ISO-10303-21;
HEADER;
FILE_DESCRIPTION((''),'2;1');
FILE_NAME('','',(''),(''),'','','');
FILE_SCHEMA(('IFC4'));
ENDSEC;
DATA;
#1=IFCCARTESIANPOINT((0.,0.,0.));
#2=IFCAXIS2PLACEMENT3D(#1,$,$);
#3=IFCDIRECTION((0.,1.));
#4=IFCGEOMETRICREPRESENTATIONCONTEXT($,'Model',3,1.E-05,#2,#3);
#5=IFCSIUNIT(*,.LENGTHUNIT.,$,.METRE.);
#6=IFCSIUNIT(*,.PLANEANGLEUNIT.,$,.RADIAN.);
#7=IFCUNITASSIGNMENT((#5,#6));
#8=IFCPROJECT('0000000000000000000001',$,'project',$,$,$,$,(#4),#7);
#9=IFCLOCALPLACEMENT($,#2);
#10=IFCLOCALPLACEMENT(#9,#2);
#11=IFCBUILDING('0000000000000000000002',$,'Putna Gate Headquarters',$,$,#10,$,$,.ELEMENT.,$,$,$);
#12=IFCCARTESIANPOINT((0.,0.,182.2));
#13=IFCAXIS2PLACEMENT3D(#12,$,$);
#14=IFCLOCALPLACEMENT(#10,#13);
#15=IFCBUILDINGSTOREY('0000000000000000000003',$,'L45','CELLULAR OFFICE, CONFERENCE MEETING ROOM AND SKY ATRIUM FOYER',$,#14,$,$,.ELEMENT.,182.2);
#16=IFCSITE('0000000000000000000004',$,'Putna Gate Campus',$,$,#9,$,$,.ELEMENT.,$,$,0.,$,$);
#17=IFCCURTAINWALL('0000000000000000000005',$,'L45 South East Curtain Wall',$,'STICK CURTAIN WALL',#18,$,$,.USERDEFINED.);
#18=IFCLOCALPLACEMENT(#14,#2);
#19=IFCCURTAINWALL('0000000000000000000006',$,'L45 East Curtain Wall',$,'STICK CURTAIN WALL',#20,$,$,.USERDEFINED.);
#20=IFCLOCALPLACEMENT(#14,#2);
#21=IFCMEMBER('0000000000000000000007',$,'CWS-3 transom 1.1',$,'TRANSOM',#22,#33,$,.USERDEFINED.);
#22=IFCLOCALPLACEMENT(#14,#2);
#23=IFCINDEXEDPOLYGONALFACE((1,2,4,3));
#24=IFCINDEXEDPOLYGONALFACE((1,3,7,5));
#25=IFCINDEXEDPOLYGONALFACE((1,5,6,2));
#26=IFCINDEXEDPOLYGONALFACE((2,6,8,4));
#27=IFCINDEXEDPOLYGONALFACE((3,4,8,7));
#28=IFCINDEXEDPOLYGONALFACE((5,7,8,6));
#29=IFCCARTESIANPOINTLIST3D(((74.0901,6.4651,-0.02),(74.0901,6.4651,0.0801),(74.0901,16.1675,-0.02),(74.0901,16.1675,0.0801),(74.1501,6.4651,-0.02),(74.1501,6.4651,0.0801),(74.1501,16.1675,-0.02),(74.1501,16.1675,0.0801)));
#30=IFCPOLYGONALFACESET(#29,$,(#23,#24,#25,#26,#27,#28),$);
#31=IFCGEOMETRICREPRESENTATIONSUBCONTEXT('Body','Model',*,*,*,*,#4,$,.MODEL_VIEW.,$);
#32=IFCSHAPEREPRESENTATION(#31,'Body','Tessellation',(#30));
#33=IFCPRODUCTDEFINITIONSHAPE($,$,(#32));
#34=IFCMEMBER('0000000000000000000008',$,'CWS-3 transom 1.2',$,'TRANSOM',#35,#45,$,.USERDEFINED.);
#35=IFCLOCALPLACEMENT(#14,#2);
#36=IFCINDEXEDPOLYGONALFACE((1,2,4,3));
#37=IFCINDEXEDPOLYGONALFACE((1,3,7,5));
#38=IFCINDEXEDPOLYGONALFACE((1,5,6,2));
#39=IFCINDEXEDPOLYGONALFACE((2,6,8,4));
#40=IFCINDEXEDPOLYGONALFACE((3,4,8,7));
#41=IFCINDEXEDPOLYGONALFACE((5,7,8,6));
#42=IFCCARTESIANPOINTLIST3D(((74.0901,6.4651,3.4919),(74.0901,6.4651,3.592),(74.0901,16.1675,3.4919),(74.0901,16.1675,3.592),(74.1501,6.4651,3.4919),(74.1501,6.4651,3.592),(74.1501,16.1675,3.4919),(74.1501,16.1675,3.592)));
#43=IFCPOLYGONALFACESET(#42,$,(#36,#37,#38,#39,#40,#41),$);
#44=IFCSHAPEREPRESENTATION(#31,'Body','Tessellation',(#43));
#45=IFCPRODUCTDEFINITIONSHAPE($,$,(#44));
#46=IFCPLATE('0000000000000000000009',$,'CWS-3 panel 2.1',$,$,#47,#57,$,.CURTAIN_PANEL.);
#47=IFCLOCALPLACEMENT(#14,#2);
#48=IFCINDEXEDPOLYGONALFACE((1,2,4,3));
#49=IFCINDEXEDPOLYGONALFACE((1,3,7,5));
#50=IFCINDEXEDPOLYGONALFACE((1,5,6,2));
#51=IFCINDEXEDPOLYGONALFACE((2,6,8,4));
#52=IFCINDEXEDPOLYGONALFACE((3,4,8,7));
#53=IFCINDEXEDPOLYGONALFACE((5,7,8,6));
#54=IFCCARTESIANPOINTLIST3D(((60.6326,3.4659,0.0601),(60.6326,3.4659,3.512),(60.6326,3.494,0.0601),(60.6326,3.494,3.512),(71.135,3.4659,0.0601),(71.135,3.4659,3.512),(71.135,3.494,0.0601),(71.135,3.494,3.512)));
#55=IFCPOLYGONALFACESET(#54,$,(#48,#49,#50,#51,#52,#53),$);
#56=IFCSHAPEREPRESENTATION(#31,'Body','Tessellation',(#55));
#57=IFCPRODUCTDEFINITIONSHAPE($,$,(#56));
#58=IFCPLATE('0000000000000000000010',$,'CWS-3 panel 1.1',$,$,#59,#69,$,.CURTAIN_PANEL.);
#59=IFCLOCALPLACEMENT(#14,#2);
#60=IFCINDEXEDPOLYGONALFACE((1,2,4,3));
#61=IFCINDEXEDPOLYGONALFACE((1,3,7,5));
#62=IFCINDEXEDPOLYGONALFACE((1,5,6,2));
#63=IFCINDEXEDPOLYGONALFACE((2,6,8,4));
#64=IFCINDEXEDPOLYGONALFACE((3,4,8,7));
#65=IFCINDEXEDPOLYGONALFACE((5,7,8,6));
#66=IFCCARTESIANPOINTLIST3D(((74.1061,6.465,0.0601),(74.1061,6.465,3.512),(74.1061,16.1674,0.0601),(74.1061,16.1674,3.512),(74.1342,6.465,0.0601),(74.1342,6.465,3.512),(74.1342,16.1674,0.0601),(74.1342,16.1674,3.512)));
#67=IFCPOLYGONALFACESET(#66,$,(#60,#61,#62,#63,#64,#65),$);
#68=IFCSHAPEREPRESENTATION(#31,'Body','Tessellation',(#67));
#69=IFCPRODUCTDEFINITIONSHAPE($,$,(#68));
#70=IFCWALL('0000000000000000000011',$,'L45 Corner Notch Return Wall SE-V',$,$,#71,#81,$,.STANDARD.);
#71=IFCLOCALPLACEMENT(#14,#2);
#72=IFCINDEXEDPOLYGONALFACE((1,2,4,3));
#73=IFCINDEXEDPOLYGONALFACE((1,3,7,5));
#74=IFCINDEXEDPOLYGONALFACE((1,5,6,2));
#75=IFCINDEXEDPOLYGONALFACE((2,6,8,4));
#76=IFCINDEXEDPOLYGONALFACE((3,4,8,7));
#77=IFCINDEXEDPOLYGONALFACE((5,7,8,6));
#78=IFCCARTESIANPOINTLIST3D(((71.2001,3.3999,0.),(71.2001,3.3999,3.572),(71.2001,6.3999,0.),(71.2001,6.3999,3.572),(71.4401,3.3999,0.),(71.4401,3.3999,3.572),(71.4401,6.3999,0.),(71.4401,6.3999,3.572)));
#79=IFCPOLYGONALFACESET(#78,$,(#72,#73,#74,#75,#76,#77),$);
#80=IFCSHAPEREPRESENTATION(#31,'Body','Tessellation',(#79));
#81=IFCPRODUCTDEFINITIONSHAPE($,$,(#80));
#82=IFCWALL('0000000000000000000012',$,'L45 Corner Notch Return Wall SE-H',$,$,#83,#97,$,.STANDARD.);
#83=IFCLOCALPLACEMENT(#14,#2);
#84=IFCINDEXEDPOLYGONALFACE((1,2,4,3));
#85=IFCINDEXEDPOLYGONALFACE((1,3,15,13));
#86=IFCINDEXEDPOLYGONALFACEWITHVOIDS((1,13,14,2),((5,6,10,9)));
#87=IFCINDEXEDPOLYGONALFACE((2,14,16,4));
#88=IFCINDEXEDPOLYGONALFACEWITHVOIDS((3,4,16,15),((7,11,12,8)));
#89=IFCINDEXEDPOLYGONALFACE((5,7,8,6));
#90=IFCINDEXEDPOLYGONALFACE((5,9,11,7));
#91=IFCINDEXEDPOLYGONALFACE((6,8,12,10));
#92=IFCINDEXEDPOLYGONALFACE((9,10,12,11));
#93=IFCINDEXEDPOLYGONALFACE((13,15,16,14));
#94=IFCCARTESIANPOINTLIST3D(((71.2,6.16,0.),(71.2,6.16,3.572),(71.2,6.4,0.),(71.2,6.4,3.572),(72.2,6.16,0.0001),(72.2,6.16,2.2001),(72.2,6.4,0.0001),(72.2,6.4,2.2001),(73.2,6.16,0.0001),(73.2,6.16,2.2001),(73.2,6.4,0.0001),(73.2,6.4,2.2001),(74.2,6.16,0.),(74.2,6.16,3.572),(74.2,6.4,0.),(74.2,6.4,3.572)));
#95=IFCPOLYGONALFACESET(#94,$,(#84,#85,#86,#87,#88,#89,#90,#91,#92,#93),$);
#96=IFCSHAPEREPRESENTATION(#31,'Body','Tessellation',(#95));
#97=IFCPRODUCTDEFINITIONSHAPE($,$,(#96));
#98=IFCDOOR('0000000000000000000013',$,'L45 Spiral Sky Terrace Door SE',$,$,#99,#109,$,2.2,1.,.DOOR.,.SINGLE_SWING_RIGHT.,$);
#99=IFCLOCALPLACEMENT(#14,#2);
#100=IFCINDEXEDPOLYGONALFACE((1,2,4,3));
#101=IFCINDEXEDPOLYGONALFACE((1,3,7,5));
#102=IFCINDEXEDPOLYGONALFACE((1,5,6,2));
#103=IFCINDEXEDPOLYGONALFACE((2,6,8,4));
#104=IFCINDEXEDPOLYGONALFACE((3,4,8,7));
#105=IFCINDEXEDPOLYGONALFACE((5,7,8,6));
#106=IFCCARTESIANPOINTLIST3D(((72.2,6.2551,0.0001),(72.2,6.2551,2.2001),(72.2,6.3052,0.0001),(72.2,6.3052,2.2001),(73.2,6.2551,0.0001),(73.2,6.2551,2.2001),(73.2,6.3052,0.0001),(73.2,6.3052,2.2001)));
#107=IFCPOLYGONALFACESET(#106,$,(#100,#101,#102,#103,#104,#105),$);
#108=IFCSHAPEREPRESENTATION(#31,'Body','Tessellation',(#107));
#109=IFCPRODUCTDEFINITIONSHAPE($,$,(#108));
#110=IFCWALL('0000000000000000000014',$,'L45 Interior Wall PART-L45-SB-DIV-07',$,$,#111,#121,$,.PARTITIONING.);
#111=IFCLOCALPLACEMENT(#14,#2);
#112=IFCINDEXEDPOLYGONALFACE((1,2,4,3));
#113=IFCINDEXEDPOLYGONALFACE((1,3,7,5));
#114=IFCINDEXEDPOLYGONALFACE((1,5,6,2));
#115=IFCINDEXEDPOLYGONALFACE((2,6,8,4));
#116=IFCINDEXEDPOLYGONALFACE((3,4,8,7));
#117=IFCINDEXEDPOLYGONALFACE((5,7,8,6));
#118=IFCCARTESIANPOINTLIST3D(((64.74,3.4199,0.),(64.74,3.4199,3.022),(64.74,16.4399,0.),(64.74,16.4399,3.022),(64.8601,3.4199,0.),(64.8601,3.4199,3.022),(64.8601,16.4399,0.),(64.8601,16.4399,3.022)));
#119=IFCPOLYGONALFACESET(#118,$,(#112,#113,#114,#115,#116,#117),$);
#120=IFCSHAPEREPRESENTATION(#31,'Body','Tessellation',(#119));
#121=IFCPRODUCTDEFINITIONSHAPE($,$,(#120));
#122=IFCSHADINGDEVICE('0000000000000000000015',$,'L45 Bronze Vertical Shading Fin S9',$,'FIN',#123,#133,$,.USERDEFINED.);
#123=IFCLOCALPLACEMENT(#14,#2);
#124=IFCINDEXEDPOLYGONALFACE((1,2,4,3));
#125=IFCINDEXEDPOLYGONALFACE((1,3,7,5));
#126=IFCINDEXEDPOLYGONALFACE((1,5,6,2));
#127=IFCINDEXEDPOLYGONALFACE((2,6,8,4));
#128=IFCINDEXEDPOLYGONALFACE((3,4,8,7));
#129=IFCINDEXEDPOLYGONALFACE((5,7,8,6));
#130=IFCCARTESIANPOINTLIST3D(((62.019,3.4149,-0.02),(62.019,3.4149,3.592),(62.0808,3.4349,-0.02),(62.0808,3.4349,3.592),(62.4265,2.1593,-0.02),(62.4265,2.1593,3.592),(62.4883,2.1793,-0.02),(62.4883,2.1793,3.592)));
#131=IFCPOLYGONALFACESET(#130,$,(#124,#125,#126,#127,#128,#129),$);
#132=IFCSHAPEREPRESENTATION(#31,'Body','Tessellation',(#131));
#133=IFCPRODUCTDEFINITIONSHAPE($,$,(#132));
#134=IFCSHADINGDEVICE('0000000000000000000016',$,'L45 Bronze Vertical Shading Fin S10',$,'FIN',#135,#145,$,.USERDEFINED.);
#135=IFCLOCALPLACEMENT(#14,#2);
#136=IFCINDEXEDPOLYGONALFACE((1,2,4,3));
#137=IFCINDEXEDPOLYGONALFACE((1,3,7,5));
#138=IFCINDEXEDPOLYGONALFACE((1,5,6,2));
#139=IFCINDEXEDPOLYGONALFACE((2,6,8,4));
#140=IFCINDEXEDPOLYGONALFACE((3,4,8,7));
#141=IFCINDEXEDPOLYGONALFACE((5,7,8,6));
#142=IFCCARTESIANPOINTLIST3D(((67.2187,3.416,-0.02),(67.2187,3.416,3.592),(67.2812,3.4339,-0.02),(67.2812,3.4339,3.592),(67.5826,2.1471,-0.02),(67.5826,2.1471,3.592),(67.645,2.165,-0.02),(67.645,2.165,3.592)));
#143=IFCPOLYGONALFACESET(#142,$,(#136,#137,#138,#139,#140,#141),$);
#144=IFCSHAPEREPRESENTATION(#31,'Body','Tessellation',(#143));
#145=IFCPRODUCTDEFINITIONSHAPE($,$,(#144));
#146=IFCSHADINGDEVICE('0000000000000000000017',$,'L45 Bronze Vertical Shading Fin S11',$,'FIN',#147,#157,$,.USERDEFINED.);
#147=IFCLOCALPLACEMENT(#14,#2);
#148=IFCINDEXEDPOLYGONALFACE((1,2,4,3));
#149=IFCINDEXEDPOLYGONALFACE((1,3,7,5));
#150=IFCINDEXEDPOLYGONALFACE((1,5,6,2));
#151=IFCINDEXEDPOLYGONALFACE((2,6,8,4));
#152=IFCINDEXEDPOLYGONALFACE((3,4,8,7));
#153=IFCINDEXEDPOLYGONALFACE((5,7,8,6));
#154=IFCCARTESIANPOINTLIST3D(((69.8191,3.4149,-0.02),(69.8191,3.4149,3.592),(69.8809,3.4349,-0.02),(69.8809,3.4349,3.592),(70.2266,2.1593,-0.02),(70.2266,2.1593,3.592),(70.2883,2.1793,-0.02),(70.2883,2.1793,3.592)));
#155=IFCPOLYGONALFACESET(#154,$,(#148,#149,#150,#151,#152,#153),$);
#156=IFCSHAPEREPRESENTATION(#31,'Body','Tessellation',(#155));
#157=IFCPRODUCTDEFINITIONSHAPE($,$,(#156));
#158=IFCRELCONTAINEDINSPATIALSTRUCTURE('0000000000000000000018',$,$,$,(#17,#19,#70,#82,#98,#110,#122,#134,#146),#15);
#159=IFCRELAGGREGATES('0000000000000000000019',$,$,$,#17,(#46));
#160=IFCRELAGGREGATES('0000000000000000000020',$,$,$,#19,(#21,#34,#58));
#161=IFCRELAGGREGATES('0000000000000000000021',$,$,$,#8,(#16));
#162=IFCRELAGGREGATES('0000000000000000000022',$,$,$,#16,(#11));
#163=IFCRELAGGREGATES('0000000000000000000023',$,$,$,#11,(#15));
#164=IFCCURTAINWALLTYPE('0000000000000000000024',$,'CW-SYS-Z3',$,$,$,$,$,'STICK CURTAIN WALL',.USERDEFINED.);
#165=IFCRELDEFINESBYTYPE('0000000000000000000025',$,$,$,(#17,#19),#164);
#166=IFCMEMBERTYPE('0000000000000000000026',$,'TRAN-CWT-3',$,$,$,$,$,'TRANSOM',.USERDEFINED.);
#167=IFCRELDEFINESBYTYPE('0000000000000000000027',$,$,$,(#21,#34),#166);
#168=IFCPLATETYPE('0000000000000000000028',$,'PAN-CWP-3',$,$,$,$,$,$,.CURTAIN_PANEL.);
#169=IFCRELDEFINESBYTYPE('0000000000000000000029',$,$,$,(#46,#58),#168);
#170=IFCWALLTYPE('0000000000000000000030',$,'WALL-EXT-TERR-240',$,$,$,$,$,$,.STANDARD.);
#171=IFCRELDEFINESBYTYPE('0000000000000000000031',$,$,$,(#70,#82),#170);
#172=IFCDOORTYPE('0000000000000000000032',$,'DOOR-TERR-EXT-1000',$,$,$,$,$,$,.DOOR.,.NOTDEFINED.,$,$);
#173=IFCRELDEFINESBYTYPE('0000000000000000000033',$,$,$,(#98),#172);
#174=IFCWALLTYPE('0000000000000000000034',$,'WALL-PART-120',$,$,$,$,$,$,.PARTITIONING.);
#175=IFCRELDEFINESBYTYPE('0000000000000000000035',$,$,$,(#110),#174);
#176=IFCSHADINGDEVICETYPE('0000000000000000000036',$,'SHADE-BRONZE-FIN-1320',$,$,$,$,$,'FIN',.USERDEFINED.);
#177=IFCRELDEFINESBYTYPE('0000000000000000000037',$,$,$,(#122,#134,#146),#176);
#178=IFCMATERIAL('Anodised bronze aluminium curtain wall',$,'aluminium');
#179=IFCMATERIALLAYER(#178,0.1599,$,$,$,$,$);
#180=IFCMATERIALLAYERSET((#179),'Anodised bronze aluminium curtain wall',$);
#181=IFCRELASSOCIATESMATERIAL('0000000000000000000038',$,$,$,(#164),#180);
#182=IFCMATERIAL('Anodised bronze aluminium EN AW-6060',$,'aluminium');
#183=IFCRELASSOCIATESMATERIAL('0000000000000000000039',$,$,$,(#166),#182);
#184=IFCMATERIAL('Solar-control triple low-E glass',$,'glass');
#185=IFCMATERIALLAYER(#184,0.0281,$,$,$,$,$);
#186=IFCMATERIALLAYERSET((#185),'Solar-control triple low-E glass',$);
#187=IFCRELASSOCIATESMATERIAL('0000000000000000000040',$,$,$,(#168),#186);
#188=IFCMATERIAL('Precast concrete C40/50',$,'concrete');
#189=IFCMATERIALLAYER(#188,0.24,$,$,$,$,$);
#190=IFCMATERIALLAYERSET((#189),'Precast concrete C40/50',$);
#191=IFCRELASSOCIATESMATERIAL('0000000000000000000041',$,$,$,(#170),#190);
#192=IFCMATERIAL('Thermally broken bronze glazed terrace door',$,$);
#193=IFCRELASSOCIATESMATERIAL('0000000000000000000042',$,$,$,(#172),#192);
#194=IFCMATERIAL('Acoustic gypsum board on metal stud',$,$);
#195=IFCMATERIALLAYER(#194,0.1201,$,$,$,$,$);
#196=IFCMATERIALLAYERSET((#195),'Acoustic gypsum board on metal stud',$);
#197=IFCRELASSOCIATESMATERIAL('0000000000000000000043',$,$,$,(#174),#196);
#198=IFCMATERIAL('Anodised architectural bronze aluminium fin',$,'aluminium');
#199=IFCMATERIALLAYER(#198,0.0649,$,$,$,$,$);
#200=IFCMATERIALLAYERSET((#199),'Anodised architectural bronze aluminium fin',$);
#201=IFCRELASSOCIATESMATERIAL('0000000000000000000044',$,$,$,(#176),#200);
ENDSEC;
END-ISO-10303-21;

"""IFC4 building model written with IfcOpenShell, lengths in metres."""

from ifc_helpers import new_model, si_unit, direction, frame, frame_2d, origin, origin_2d, place, context, subcontext, project, spatial, rectangle, extrude, material, layer, layer_set, material_profile, profile_set, type_object, element, fill, aggregate, save


model = new_model("IFC4")

# Units and contexts
model_context = context("Model", 3, precision=1e-05, world=origin(), true_north=direction((0.0, 1.0)))
body_context = subcontext(model_context, "Body", "Model", "MODEL_VIEW")
ifc_project = project(units=[si_unit("LENGTHUNIT", "METRE"), si_unit("PLANEANGLEUNIT", "RADIAN")], contexts=[model_context])

# Site, building, storey
site_placement = place(None, origin())
site = spatial("IfcSite", under=ifc_project, at=site_placement, Name="Putna Gate Campus", CompositionType="ELEMENT", RefElevation=0.0)
building_placement = place(site_placement, origin())
building = spatial("IfcBuilding", under=site, at=building_placement, Name="Putna Gate Headquarters", CompositionType="ELEMENT")
storey_placement = place(building_placement, frame((0.0, 0.0, 182.2)))
storey = spatial("IfcBuildingStorey", under=building, at=storey_placement, Name="L45", Description="CELLULAR OFFICE, CONFERENCE MEETING ROOM AND SKY ATRIUM FOYER", CompositionType="ELEMENT", Elevation=182.2)

# Curtain wall
ifc_material_1 = material(Name="Anodised bronze aluminium curtain wall", Category="aluminium")
ifc_layer_1 = layer(ifc_material_1, 0.1599)
ifc_layer_set_1 = layer_set([ifc_layer_1], Name="Anodised bronze aluminium curtain wall")
curtain_wall_type = type_object("IfcCurtainWallType", Name="CW-SYS-Z3", ElementType="STICK CURTAIN WALL", PredefinedType="USERDEFINED", material=ifc_layer_set_1)
curtain_wall_1_placement = place(storey_placement, origin())
curtain_wall_1 = element("IfcCurtainWall", 1, at=curtain_wall_1_placement, inside=storey, type_object=curtain_wall_type, Name="L45 South East Curtain Wall", ObjectType="STICK CURTAIN WALL", PredefinedType="USERDEFINED")
ifc_material_2 = material(Name="Anodised bronze aluminium EN AW-6060", Category="aluminium")

# Curtain wall
curtain_wall_2_placement = place(storey_placement, origin())
curtain_wall_2 = element("IfcCurtainWall", 2, at=curtain_wall_2_placement, inside=storey, type_object=curtain_wall_type, Name="L45 East Curtain Wall", ObjectType="STICK CURTAIN WALL", PredefinedType="USERDEFINED")

# Members
ifc_material_profile_1 = material_profile(ifc_material_2, rectangle(XDim=0.0601, YDim=0.1001, at=origin_2d()), Name="Anodised bronze aluminium EN AW-6060")
ifc_profile_set_1 = profile_set([ifc_material_profile_1], Name="Anodised bronze aluminium EN AW-6060")
member_type_1 = type_object("IfcMemberType", Name="TRAN-CWT-3", ElementType="TRANSOM", PredefinedType="USERDEFINED", material=ifc_profile_set_1)
member_1_placement = place(storey_placement, frame((74.1201, 6.4651, 0.03), z_axis=(0.0, 1.0, 0.0), x_axis=(-1.0, 0.0, 0.0)))
member_1 = element("IfcMember", 3, at=member_1_placement, type_object=member_type_1, Name="CWS-3 transom 1.1", ObjectType="TRANSOM", PredefinedType="USERDEFINED", context=body_context, shape_type="SweptSolid", body=[
    extrude(rectangle(XDim=0.0601, YDim=0.1001, at=origin_2d()), origin(), (0.0, 0.0, 1.0), 9.7024),
])
member_2_placement = place(storey_placement, frame((74.1201, 6.4651, 3.542), z_axis=(0.0, 1.0, 0.0), x_axis=(-1.0, 0.0, 0.0)))
member_2 = element("IfcMember", 4, at=member_2_placement, type_object=member_type_1, Name="CWS-3 transom 1.2", ObjectType="TRANSOM", PredefinedType="USERDEFINED", context=body_context, shape_type="SweptSolid", body=[
    extrude(rectangle(XDim=0.0601, YDim=0.1001, at=origin_2d()), origin(), (0.0, 0.0, 1.0), 9.7024),
])

# Plates
ifc_material_3 = material(Name="Solar-control triple low-E glass", Category="glass")
ifc_layer_2 = layer(ifc_material_3, 0.0281)
ifc_layer_set_2 = layer_set([ifc_layer_2], Name="Solar-control triple low-E glass")
plate_type = type_object("IfcPlateType", Name="PAN-CWP-3", PredefinedType="CURTAIN_PANEL", material=ifc_layer_set_2)
plate_1_placement = place(storey_placement, frame((65.8838, 3.48, 0.0601), z_axis=(0.0, 0.0, 1.0), x_axis=(1.0, 0.0, 0.0)))
plate_1 = element("IfcPlate", 5, at=plate_1_placement, type_object=plate_type, Name="CWS-3 panel 2.1", PredefinedType="CURTAIN_PANEL", context=body_context, shape_type="SweptSolid", body=[
    extrude(rectangle(XDim=10.5024, YDim=0.0281, at=origin_2d()), origin(), (0.0, 0.0, 1.0), 3.4519),
])
aggregate(curtain_wall_1, [plate_1])
plate_2_placement = place(storey_placement, frame((74.1201, 11.3162, 0.0601), z_axis=(0.0, 0.0, 1.0), x_axis=(0.0, 1.0, 0.0)))
plate_2 = element("IfcPlate", 6, at=plate_2_placement, type_object=plate_type, Name="CWS-3 panel 1.1", PredefinedType="CURTAIN_PANEL", context=body_context, shape_type="SweptSolid", body=[
    extrude(rectangle(XDim=9.7024, YDim=0.0281, at=origin_2d()), origin(), (0.0, 0.0, 1.0), 3.4519),
])
aggregate(curtain_wall_2, [member_1, member_2, plate_2])

# Wall
ifc_material_4 = material(Name="Precast concrete C40/50", Category="concrete")
ifc_layer_3 = layer(ifc_material_4, 0.24)
ifc_layer_set_3 = layer_set([ifc_layer_3], Name="Precast concrete C40/50")
wall_type_1 = type_object("IfcWallType", Name="WALL-EXT-TERR-240", PredefinedType="STANDARD", material=ifc_layer_set_3)
wall_1_placement = place(storey_placement, frame((71.3201, 6.3999, 0.0), z_axis=(0.0, 0.0, 1.0), x_axis=(0.0, -1.0, 0.0)))
element("IfcWall", 7, at=wall_1_placement, inside=storey, type_object=wall_type_1, Name="L45 Corner Notch Return Wall SE-V", PredefinedType="STANDARD", context=body_context, shape_type="SweptSolid", body=[
    extrude(rectangle(XDim=3.0, YDim=0.24, at=frame_2d((1.5, 0.0))), origin(), (0.0, 0.0, 1.0), 3.572),
])

# Wall, opening, door
wall_2_placement = place(storey_placement, frame((74.2, 6.28, 0.0), z_axis=(0.0, 0.0, 1.0), x_axis=(-1.0, 0.0, 0.0)))
wall_2 = element("IfcWall", 8, at=wall_2_placement, inside=storey, type_object=wall_type_1, Name="L45 Corner Notch Return Wall SE-H", PredefinedType="STANDARD", context=body_context, shape_type="SweptSolid", body=[
    extrude(rectangle(XDim=3.0, YDim=0.24, at=frame_2d((1.5, 0.0))), origin(), (0.0, 0.0, 1.0), 3.572),
])
opening_placement = place(wall_2_placement, frame((1.0, 0.0, 0.0)))
opening = element("IfcOpeningElement", 9, at=opening_placement, cuts=wall_2, PredefinedType="OPENING", context=body_context, shape_type="SweptSolid", body=[
    extrude(rectangle(XDim=1.0, YDim=2.2, at=frame_2d((0.5, 1.1001))), frame((0.0, 0.1299, 0.0), z_axis=(0.0, -1.0, 0.0), x_axis=(1.0, 0.0, 0.0)), (0.0, 0.0, 1.0), 0.26),
])
ifc_material_5 = material(Name="Thermally broken bronze glazed terrace door")
door_type = type_object("IfcDoorType", Name="DOOR-TERR-EXT-1000", OperationType="NOTDEFINED", PredefinedType="DOOR", material=ifc_material_5)
door_placement = place(opening_placement, origin())
door = element("IfcDoor", 10, at=door_placement, inside=storey, type_object=door_type, Name="L45 Spiral Sky Terrace Door SE", OperationType="SINGLE_SWING_RIGHT", OverallHeight=2.2, OverallWidth=1.0, PredefinedType="DOOR", context=body_context, shape_type="SweptSolid", body=[
    extrude(rectangle(XDim=1.0, YDim=2.2, at=frame_2d((0.5, 1.1001))), frame((0.0, 0.0249, 0.0), z_axis=(0.0, -1.0, 0.0), x_axis=(1.0, 0.0, 0.0)), (0.0, 0.0, 1.0), 0.05),
])
fill(opening, door)

# Wall
ifc_material_6 = material(Name="Acoustic gypsum board on metal stud")
ifc_layer_4 = layer(ifc_material_6, 0.1201)
ifc_layer_set_4 = layer_set([ifc_layer_4], Name="Acoustic gypsum board on metal stud")
wall_type_2 = type_object("IfcWallType", Name="WALL-PART-120", PredefinedType="PARTITIONING", material=ifc_layer_set_4)
wall_3_placement = place(storey_placement, frame((64.8, 3.4199, 0.0), z_axis=(0.0, 0.0, 1.0), x_axis=(0.0, 1.0, 0.0)))
element("IfcWall", 11, at=wall_3_placement, inside=storey, type_object=wall_type_2, Name="L45 Interior Wall PART-L45-SB-DIV-07", PredefinedType="PARTITIONING", context=body_context, shape_type="SweptSolid", body=[
    extrude(rectangle(XDim=13.02, YDim=0.1201, at=frame_2d((6.51, 0.0))), origin(), (0.0, 0.0, 1.0), 3.022),
])

# Shading devices
ifc_material_7 = material(Name="Anodised architectural bronze aluminium fin", Category="aluminium")
ifc_layer_5 = layer(ifc_material_7, 0.0649)
ifc_layer_set_5 = layer_set([ifc_layer_5], Name="Anodised architectural bronze aluminium fin")
shading_device_type = type_object("IfcShadingDeviceType", Name="SHADE-BRONZE-FIN-1320", ElementType="FIN", PredefinedType="USERDEFINED", material=ifc_layer_set_5)
for number, where, z_axis, x_axis, name in (
    (12, (62.2537, 2.7971, -0.02), (0.0, 0.0, 1.0), (0.308685, -0.951164, 0.0), "L45 Bronze Vertical Shading Fin S9"),
    (13, (67.4319, 2.7905, -0.02), (0.0, 0.0, 1.0), (0.275637, -0.961262, 0.0), "L45 Bronze Vertical Shading Fin S10"),
    (14, (70.0537, 2.7971, -0.02), (0.0, 0.0, 1.0), (0.308685, -0.951164, 0.0), "L45 Bronze Vertical Shading Fin S11"),
):
    element("IfcShadingDevice", number, at=place(storey_placement, frame(where, z_axis=z_axis, x_axis=x_axis)), inside=storey, type_object=shading_device_type, Name=name, ObjectType="FIN", PredefinedType="USERDEFINED", context=body_context, shape_type="SweptSolid", body=[
        extrude(rectangle(XDim=1.3201, YDim=0.0649, at=origin_2d()), origin(), (0.0, 0.0, 1.0), 3.6121),
    ])

save(model, "model.ifc")
